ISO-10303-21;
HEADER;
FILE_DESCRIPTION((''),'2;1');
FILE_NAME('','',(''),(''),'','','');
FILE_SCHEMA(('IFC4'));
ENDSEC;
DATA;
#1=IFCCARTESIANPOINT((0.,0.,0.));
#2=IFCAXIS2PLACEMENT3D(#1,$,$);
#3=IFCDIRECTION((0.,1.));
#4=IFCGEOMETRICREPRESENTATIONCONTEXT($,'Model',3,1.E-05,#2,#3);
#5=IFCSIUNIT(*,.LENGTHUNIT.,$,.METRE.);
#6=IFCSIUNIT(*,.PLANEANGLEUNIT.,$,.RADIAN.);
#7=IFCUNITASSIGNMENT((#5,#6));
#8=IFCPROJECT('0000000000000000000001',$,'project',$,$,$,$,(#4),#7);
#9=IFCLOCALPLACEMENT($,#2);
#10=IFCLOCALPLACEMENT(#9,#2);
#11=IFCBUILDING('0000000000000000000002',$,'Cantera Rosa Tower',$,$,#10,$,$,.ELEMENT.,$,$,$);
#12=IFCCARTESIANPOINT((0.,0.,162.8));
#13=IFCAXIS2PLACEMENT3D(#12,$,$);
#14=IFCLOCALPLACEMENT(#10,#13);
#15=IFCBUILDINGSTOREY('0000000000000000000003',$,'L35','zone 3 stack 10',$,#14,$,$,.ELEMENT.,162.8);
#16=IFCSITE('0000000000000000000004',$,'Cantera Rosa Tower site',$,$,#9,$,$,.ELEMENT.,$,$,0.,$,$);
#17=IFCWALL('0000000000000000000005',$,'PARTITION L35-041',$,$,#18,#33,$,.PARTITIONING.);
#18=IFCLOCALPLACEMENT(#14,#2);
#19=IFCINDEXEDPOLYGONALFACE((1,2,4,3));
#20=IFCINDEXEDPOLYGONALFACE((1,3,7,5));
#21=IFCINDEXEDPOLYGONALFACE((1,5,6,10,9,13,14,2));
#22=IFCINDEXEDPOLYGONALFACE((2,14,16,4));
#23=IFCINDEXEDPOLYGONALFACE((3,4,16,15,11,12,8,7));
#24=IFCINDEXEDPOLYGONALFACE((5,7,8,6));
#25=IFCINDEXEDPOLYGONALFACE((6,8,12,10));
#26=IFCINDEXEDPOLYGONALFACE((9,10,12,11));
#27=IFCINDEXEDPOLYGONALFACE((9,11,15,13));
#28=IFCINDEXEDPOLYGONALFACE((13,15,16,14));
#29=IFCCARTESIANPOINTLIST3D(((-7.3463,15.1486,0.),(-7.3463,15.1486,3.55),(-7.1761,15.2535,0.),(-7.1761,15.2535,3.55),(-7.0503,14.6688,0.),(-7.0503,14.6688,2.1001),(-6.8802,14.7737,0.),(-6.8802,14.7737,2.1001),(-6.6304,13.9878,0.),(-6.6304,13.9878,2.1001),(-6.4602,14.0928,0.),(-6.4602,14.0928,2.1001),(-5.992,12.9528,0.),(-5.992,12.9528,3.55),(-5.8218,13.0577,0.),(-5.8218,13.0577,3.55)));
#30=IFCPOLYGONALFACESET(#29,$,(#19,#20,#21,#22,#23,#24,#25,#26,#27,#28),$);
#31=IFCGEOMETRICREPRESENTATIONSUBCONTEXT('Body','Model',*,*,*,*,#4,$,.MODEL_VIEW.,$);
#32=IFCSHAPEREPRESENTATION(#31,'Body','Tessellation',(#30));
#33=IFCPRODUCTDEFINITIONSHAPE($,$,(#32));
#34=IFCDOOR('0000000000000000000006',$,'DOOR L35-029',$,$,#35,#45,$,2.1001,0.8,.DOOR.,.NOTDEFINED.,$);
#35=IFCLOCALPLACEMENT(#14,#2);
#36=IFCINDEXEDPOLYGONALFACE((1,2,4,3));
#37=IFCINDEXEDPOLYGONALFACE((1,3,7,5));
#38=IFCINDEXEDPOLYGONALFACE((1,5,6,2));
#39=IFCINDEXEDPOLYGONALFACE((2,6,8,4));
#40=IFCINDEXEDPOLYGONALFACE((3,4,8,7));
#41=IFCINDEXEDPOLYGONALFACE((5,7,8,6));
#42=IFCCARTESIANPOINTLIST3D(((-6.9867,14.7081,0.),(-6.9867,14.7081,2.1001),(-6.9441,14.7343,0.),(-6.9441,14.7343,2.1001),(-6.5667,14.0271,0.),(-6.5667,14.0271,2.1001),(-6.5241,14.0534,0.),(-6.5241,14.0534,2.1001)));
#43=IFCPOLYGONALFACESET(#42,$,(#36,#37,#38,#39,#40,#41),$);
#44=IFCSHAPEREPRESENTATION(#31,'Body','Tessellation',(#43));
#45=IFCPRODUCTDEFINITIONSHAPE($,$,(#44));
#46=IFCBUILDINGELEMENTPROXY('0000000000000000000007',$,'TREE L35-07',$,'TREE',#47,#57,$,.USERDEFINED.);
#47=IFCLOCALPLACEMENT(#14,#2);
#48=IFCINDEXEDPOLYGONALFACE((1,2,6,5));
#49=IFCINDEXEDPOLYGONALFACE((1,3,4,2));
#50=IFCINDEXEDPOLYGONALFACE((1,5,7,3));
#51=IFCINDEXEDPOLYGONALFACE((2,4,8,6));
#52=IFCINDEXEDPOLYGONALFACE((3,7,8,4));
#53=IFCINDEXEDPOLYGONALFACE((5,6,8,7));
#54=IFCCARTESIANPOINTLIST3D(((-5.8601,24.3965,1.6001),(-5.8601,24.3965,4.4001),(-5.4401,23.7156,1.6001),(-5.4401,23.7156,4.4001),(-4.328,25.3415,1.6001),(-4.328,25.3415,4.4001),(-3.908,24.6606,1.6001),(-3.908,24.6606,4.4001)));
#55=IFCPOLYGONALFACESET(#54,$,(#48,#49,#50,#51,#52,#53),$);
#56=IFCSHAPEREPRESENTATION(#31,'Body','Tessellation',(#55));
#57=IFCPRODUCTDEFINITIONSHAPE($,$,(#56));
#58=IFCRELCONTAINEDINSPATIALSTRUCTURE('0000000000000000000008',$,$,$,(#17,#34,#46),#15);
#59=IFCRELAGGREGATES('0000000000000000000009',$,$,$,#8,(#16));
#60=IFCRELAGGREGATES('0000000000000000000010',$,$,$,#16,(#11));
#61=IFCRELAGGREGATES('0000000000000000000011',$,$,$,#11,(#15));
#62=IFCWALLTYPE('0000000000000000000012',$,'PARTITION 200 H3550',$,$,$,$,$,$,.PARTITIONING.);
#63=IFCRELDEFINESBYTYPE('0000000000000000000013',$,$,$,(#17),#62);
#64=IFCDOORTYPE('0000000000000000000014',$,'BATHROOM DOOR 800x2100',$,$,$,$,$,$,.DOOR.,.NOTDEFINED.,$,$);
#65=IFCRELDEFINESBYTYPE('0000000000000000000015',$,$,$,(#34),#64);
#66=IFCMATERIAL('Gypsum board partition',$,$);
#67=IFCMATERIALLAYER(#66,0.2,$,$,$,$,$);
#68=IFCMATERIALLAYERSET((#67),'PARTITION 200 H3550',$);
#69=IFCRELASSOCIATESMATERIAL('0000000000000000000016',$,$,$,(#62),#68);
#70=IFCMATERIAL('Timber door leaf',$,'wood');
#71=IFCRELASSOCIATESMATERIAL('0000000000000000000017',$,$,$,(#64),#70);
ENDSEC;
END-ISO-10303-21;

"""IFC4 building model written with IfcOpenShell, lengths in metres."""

from ifc_helpers import new_model, si_unit, direction, frame, frame_2d, origin, origin_2d, place, context, subcontext, project, spatial, rectangle, extrude, material, layer, layer_set, type_object, element, fill, save


model = new_model("IFC4")

# Units and contexts
model_context = context("Model", 3, precision=1e-05, world=origin(), true_north=direction((0.0, 1.0)))
body_context = subcontext(model_context, "Body", "Model", "MODEL_VIEW")
ifc_project = project(units=[si_unit("LENGTHUNIT", "METRE"), si_unit("PLANEANGLEUNIT", "RADIAN")], contexts=[model_context])

# Site, building, storey
site_placement = place(None, origin())
site = spatial("IfcSite", under=ifc_project, at=site_placement, Name="Cantera Rosa Tower site", CompositionType="ELEMENT", RefElevation=0.0)
building_placement = place(site_placement, origin())
building = spatial("IfcBuilding", under=site, at=building_placement, Name="Cantera Rosa Tower", CompositionType="ELEMENT")
storey_placement = place(building_placement, frame((0.0, 0.0, 162.8)))
storey = spatial("IfcBuildingStorey", under=building, at=storey_placement, Name="L35", Description="zone 3 stack 10", CompositionType="ELEMENT", Elevation=162.8)

# Shared definitions
ifc_material_1 = material(Name="Gypsum board partition")
ifc_layer_1 = layer(ifc_material_1, 0.2)
ifc_layer_set_1 = layer_set([ifc_layer_1], Name="PARTITION 200 H3550")
wall_type_1 = type_object("IfcWallType", Name="PARTITION 200 H3550", PredefinedType="PARTITIONING", material=ifc_layer_set_1)
ifc_material_2 = material(Name="Timber door leaf", Category="wood")
door_type_1 = type_object("IfcDoorType", Name="BATHROOM DOOR 800x2100", OperationType="NOTDEFINED", PredefinedType="DOOR", material=ifc_material_2)

# Wall, opening, door
wall_1_placement = place(storey_placement, frame((-7.2612, 15.2012, 0.0), z_axis=(0.0, 0.0, 1.0), x_axis=(0.524937, -0.851141, 0.0)))
wall_1 = element("IfcWall", 1, at=wall_1_placement, inside=storey, type_object=wall_type_1, Name="PARTITION L35-041", PredefinedType="PARTITIONING", context=body_context, shape_type="SweptSolid", body=[
    extrude(rectangle(XDim=2.5798, YDim=0.2, at=frame_2d((1.29, 0.0))), origin(), (0.0, 0.0, 1.0), 3.55),
])
opening_1_placement = place(wall_1_placement, frame((0.564, 0.0, 0.0)))
opening_1 = element("IfcOpeningElement", 2, at=opening_1_placement, cuts=wall_1, PredefinedType="OPENING", context=body_context, shape_type="SweptSolid", body=[
    extrude(rectangle(XDim=0.8, YDim=2.1001, at=frame_2d((0.3999, 1.05))), frame((0.0, 0.1099, 0.0), z_axis=(0.0, -1.0, 0.0), x_axis=(1.0, 0.0, 0.0)), (0.0, 0.0, 1.0), 0.22),
])
door_1_placement = place(opening_1_placement, origin())
door_1 = element("IfcDoor", 3, at=door_1_placement, inside=storey, type_object=door_type_1, Name="DOOR L35-029", OperationType="NOTDEFINED", OverallHeight=2.1001, OverallWidth=0.8, PredefinedType="DOOR", context=body_context, shape_type="SweptSolid", body=[
    extrude(rectangle(XDim=0.8, YDim=2.1001, at=frame_2d((0.3999, 1.05))), frame((0.0, 0.0249, 0.0), z_axis=(0.0, -1.0, 0.0), x_axis=(1.0, 0.0, 0.0)), (0.0, 0.0, 1.0), 0.05),
])
fill(opening_1, door_1)

# Building element proxy
proxy_placement = place(storey_placement, frame((-4.884, 24.5286, 1.6001), z_axis=(0.0, 0.0, 1.0), x_axis=(-0.851117, -0.524977, 0.0)))
element("IfcBuildingElementProxy", 4, at=proxy_placement, inside=storey, Name="TREE L35-07", ObjectType="TREE", PredefinedType="USERDEFINED", context=body_context, shape_type="SweptSolid", body=[
    extrude(rectangle(XDim=1.8, YDim=0.8, at=origin_2d()), origin(), (0.0, 0.0, 1.0), 2.8),
])

save(model, "model.ifc")
